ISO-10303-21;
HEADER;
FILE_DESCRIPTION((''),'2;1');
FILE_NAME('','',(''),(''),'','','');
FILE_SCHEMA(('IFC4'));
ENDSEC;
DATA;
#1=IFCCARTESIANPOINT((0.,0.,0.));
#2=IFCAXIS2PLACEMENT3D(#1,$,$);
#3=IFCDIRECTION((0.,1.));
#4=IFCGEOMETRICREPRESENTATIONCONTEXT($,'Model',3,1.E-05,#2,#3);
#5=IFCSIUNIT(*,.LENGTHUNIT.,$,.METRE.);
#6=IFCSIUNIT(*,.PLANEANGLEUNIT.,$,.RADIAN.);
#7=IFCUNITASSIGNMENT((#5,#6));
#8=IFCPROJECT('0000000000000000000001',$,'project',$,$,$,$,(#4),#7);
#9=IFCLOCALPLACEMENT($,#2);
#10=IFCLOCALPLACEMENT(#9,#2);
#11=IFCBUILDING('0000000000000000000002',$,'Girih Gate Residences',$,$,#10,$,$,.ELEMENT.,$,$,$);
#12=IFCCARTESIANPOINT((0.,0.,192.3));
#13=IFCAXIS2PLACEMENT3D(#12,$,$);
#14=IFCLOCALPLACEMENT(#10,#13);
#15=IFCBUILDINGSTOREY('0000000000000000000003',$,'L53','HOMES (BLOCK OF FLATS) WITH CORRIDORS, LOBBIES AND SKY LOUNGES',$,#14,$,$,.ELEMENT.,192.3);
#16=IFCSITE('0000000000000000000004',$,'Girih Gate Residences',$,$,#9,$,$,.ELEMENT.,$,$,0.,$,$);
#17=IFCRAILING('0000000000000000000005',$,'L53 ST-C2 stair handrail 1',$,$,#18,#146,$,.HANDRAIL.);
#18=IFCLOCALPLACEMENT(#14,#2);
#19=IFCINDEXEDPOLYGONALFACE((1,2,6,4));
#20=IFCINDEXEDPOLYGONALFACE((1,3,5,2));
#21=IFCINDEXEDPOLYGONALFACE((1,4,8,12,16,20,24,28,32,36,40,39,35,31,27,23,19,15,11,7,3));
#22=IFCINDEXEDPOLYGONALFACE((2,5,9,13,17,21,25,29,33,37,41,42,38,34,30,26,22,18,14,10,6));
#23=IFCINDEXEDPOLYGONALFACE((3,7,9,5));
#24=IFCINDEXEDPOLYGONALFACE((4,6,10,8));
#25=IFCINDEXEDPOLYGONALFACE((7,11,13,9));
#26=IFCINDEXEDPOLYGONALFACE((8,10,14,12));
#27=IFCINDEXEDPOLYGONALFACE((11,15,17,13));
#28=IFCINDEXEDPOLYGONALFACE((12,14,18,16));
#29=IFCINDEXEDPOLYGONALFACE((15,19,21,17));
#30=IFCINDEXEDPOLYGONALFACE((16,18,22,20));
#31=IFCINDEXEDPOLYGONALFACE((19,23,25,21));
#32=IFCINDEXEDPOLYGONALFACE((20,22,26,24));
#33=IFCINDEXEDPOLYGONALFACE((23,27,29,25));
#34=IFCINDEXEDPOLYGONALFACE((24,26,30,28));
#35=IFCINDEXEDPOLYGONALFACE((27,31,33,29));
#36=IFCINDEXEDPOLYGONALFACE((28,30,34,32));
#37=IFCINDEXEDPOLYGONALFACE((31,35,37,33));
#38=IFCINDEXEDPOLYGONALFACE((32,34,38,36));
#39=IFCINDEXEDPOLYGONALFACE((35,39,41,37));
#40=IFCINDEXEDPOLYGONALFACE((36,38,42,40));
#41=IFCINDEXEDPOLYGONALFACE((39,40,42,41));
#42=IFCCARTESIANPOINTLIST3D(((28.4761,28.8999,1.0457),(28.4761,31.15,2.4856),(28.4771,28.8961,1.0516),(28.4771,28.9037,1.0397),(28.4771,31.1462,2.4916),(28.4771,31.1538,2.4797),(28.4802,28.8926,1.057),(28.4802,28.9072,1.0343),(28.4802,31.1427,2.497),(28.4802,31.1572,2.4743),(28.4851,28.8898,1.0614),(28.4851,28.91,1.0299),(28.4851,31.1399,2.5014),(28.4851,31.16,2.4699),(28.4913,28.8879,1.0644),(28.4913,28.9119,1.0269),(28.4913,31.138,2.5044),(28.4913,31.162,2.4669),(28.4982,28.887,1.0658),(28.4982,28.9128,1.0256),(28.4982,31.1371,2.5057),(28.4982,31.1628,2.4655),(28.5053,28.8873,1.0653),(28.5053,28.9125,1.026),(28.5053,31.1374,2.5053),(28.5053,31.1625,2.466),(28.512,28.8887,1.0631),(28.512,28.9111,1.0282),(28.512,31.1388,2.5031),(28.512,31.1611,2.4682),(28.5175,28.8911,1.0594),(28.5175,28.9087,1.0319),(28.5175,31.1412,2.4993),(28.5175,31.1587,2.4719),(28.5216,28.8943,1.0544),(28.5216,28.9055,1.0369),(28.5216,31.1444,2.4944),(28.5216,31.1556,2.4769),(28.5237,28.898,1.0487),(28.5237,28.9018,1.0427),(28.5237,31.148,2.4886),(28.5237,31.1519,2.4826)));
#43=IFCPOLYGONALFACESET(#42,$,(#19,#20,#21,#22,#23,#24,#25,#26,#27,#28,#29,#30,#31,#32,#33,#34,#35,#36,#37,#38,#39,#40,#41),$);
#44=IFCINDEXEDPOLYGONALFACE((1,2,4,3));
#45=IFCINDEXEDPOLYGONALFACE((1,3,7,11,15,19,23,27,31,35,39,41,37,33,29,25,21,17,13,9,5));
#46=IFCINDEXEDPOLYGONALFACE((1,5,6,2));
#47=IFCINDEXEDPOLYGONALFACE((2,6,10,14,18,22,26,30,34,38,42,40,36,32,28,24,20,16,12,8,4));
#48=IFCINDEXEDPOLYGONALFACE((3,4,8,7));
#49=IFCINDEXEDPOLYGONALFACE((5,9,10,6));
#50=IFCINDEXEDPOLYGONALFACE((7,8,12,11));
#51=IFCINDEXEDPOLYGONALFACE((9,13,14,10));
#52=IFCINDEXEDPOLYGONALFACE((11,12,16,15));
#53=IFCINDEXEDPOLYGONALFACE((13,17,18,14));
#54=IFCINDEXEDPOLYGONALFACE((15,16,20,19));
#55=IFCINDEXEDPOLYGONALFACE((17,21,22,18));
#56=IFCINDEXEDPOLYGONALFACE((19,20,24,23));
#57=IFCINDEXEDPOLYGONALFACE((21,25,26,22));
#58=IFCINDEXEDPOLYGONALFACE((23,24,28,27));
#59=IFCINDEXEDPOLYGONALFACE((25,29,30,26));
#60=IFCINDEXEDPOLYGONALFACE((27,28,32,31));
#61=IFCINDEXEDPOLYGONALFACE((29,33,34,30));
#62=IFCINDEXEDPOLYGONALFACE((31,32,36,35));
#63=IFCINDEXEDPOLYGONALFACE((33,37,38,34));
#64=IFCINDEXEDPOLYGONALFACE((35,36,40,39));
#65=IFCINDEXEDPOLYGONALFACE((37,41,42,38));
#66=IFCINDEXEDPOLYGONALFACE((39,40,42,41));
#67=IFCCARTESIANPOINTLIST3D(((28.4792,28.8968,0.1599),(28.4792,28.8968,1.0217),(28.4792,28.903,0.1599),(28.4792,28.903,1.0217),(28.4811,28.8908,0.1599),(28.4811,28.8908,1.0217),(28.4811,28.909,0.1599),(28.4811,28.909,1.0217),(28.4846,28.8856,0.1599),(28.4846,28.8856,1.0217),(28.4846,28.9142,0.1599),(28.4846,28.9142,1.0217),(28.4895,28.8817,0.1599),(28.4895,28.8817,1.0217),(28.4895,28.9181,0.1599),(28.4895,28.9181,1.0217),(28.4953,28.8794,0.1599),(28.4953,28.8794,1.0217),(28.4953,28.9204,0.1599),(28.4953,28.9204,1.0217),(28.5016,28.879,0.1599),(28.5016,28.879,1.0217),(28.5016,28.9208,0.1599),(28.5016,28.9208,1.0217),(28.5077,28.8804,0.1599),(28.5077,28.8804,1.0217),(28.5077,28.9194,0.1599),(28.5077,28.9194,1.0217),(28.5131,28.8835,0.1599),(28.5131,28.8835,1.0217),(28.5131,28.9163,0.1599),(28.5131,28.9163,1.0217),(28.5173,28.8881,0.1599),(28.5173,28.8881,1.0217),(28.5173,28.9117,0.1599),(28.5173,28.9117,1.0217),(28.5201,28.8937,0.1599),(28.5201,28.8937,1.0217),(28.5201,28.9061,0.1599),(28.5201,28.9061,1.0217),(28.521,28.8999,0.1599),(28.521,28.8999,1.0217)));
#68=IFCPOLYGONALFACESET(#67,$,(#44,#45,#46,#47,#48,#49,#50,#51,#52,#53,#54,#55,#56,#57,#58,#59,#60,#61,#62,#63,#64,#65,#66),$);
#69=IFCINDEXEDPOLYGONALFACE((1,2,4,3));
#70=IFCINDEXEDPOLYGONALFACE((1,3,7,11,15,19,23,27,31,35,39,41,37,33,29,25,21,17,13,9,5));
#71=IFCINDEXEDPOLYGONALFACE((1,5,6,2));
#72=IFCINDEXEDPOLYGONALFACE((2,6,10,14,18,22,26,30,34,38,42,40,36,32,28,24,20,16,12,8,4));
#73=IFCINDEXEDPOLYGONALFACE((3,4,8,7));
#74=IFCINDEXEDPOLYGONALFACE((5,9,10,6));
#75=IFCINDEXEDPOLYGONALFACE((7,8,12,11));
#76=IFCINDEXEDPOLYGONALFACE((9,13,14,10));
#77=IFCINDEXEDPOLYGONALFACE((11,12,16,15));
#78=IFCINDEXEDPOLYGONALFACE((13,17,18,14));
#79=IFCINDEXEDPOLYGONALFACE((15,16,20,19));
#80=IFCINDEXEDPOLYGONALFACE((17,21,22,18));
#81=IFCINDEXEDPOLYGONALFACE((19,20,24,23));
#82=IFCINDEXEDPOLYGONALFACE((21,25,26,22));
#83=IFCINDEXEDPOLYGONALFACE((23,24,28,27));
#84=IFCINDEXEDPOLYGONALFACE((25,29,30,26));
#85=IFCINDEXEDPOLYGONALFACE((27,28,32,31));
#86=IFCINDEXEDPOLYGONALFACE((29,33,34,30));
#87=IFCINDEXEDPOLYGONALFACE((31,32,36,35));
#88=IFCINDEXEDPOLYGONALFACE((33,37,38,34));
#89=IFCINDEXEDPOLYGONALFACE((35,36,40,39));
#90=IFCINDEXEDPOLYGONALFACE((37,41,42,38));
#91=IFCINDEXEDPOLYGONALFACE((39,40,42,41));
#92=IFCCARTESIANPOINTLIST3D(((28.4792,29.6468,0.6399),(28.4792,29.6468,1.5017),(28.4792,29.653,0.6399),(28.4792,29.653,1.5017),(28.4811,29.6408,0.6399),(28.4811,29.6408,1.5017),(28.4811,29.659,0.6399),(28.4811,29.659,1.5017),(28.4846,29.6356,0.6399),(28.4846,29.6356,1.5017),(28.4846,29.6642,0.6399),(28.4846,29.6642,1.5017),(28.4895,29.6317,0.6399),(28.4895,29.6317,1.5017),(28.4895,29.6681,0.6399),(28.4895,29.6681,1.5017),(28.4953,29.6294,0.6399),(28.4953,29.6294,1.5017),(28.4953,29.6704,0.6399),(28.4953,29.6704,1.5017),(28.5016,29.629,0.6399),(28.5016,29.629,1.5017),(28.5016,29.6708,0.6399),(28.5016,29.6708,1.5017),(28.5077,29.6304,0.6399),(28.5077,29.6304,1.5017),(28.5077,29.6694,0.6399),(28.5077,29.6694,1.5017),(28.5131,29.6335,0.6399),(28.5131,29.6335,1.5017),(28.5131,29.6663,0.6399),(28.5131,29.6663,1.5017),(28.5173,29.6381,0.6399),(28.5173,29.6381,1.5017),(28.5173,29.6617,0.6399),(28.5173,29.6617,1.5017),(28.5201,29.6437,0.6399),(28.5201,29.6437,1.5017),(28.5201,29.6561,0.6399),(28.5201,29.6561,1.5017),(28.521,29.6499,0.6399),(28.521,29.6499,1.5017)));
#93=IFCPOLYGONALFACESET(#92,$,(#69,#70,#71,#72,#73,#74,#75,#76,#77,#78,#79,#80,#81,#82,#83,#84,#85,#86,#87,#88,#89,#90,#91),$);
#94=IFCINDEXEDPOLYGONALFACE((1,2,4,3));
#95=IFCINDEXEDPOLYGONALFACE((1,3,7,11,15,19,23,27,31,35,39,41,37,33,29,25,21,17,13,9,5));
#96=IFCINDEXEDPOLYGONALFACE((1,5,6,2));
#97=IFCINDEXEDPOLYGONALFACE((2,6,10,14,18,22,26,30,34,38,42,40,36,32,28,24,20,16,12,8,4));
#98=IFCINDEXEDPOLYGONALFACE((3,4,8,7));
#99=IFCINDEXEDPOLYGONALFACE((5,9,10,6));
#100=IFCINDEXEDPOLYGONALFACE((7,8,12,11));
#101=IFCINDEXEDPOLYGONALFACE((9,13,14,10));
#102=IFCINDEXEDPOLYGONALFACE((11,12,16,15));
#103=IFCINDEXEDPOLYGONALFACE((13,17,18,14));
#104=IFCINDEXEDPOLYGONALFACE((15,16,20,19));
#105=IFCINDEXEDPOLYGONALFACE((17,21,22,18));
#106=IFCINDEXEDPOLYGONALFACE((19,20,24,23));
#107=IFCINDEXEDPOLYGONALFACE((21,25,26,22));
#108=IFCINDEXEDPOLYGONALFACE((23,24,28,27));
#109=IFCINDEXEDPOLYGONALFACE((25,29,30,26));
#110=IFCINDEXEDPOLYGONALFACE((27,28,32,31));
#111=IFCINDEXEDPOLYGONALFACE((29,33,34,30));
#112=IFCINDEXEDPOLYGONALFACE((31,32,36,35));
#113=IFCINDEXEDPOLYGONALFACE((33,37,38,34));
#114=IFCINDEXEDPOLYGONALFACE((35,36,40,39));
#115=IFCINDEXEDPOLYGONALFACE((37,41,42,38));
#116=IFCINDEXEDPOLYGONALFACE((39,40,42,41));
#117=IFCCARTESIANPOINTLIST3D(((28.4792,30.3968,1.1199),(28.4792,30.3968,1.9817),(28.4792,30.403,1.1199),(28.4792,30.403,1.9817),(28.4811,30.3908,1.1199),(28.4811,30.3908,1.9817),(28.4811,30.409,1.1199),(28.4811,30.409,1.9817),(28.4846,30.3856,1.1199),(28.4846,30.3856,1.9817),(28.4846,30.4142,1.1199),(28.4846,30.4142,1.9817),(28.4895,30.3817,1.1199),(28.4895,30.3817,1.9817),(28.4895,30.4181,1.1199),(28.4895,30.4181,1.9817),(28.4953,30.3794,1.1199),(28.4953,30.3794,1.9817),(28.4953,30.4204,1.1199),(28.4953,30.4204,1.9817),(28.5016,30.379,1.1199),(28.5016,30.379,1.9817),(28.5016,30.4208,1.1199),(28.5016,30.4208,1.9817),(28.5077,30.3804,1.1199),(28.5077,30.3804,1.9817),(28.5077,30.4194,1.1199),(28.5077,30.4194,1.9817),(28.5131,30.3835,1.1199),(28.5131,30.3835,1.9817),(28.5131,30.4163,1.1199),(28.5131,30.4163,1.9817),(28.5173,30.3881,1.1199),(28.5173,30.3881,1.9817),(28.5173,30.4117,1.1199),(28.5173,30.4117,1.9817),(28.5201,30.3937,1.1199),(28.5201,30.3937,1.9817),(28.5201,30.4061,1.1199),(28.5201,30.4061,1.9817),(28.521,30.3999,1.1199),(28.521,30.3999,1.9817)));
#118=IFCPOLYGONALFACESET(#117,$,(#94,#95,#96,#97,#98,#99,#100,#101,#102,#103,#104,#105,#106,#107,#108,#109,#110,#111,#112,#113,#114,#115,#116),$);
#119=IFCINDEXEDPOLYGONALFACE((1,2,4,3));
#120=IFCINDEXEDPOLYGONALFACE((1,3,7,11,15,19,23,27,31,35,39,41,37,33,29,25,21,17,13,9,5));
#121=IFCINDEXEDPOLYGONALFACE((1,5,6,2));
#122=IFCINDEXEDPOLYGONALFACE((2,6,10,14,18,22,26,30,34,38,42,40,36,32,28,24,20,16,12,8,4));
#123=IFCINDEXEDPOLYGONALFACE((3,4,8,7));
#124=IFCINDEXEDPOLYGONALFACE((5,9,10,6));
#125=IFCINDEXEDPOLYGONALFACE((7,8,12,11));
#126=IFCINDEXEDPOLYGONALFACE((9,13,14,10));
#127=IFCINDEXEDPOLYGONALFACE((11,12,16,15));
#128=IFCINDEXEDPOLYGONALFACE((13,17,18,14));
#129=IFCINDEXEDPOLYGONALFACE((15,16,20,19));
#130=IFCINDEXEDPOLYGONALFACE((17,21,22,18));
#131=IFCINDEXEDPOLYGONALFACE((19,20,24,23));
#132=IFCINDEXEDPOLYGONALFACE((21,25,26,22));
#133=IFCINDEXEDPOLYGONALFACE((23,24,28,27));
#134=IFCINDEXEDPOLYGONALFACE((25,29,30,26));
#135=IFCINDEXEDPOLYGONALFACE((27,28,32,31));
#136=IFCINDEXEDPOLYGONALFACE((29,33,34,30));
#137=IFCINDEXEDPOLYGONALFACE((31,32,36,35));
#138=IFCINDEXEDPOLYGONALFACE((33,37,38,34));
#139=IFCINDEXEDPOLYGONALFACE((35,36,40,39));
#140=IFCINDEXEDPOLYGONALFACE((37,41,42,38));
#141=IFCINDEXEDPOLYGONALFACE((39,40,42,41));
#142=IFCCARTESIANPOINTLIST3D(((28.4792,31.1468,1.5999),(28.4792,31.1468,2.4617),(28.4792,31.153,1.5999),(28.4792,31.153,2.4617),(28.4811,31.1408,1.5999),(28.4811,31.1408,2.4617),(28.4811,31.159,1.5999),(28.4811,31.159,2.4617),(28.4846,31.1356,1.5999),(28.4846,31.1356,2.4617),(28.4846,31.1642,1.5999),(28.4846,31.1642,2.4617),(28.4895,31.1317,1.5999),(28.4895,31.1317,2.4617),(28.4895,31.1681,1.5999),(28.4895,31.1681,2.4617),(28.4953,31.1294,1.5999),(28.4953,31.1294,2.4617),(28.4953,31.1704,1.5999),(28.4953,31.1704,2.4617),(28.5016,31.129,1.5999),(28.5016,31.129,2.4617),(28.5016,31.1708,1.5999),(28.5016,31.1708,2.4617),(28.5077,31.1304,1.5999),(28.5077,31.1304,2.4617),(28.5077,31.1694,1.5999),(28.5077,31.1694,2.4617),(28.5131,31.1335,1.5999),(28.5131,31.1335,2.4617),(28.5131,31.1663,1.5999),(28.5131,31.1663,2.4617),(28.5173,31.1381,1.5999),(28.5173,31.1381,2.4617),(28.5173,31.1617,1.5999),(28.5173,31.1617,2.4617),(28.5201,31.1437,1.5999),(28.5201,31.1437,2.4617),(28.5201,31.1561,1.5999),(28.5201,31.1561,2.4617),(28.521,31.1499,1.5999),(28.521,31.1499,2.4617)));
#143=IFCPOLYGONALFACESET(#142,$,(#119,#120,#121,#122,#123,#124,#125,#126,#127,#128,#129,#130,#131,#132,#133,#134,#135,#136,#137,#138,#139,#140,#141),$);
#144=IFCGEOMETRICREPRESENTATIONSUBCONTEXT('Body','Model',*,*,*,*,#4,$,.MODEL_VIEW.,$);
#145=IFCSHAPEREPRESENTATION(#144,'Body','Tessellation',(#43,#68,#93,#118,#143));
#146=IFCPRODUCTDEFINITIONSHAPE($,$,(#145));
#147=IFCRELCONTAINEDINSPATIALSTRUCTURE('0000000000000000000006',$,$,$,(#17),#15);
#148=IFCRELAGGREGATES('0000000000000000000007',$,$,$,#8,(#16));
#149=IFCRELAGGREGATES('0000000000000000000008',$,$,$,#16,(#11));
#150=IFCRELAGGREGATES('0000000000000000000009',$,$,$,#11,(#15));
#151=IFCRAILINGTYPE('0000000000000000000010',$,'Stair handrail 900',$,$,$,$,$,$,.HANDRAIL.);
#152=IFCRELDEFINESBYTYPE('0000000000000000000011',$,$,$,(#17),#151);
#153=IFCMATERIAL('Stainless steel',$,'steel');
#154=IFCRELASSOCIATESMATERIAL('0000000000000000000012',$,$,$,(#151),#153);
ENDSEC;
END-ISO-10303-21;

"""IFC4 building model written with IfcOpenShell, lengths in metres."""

from ifc_helpers import new_model, si_unit, direction, frame, origin, origin_2d, place, context, subcontext, project, spatial, circle, extrude, material, type_object, element, save


model = new_model("IFC4")

# Units and contexts
model_context = context("Model", 3, precision=1e-05, world=origin(), true_north=direction((0.0, 1.0)))
body_context = subcontext(model_context, "Body", "Model", "MODEL_VIEW")
ifc_project = project(units=[si_unit("LENGTHUNIT", "METRE"), si_unit("PLANEANGLEUNIT", "RADIAN")], contexts=[model_context])

# Site, building, storey
site_placement = place(None, origin())
site = spatial("IfcSite", under=ifc_project, at=site_placement, Name="Girih Gate Residences", CompositionType="ELEMENT", RefElevation=0.0)
building_placement = place(site_placement, origin())
building = spatial("IfcBuilding", under=site, at=building_placement, Name="Girih Gate Residences", CompositionType="ELEMENT")
storey_placement = place(building_placement, frame((0.0, 0.0, 192.3)))
storey = spatial("IfcBuildingStorey", under=building, at=storey_placement, Name="L53", Description="HOMES (BLOCK OF FLATS) WITH CORRIDORS, LOBBIES AND SKY LOUNGES", CompositionType="ELEMENT", Elevation=192.3)

# Railing
ifc_material_1 = material(Name="Stainless steel", Category="steel")
railing_type_1 = type_object("IfcRailingType", Name="Stair handrail 900", PredefinedType="HANDRAIL", material=ifc_material_1)
for number, where, name in (
    (1, (28.5, 28.8999, 0.1599), "L53 ST-C2 stair handrail 1"),
):
    element("IfcRailing", number, at=place(storey_placement, frame(where)), inside=storey, type_object=railing_type_1, Name=name, PredefinedType="HANDRAIL", context=body_context, shape_type="SweptSolid", body=[
        extrude(circle(Radius=0.0239, at=origin_2d()), frame((0.0, 0.0, 0.8857), z_axis=(0.0, 0.842281, 0.539038), x_axis=(-1.0, 0.0, 0.0)), (0.0, 0.0, 1.0), 2.6714),
        extrude(circle(Radius=0.021, at=origin_2d()), origin(), (0.0, 0.0, 1.0), 0.8618),
        extrude(circle(Radius=0.021, at=origin_2d()), frame((0.0, 0.75, 0.48)), (0.0, 0.0, 1.0), 0.8618),
        extrude(circle(Radius=0.021, at=origin_2d()), frame((0.0, 1.5, 0.96)), (0.0, 0.0, 1.0), 0.8618),
        extrude(circle(Radius=0.021, at=origin_2d()), frame((0.0, 2.25, 1.4399)), (0.0, 0.0, 1.0), 0.8618),
    ])

save(model, "model.ifc")
